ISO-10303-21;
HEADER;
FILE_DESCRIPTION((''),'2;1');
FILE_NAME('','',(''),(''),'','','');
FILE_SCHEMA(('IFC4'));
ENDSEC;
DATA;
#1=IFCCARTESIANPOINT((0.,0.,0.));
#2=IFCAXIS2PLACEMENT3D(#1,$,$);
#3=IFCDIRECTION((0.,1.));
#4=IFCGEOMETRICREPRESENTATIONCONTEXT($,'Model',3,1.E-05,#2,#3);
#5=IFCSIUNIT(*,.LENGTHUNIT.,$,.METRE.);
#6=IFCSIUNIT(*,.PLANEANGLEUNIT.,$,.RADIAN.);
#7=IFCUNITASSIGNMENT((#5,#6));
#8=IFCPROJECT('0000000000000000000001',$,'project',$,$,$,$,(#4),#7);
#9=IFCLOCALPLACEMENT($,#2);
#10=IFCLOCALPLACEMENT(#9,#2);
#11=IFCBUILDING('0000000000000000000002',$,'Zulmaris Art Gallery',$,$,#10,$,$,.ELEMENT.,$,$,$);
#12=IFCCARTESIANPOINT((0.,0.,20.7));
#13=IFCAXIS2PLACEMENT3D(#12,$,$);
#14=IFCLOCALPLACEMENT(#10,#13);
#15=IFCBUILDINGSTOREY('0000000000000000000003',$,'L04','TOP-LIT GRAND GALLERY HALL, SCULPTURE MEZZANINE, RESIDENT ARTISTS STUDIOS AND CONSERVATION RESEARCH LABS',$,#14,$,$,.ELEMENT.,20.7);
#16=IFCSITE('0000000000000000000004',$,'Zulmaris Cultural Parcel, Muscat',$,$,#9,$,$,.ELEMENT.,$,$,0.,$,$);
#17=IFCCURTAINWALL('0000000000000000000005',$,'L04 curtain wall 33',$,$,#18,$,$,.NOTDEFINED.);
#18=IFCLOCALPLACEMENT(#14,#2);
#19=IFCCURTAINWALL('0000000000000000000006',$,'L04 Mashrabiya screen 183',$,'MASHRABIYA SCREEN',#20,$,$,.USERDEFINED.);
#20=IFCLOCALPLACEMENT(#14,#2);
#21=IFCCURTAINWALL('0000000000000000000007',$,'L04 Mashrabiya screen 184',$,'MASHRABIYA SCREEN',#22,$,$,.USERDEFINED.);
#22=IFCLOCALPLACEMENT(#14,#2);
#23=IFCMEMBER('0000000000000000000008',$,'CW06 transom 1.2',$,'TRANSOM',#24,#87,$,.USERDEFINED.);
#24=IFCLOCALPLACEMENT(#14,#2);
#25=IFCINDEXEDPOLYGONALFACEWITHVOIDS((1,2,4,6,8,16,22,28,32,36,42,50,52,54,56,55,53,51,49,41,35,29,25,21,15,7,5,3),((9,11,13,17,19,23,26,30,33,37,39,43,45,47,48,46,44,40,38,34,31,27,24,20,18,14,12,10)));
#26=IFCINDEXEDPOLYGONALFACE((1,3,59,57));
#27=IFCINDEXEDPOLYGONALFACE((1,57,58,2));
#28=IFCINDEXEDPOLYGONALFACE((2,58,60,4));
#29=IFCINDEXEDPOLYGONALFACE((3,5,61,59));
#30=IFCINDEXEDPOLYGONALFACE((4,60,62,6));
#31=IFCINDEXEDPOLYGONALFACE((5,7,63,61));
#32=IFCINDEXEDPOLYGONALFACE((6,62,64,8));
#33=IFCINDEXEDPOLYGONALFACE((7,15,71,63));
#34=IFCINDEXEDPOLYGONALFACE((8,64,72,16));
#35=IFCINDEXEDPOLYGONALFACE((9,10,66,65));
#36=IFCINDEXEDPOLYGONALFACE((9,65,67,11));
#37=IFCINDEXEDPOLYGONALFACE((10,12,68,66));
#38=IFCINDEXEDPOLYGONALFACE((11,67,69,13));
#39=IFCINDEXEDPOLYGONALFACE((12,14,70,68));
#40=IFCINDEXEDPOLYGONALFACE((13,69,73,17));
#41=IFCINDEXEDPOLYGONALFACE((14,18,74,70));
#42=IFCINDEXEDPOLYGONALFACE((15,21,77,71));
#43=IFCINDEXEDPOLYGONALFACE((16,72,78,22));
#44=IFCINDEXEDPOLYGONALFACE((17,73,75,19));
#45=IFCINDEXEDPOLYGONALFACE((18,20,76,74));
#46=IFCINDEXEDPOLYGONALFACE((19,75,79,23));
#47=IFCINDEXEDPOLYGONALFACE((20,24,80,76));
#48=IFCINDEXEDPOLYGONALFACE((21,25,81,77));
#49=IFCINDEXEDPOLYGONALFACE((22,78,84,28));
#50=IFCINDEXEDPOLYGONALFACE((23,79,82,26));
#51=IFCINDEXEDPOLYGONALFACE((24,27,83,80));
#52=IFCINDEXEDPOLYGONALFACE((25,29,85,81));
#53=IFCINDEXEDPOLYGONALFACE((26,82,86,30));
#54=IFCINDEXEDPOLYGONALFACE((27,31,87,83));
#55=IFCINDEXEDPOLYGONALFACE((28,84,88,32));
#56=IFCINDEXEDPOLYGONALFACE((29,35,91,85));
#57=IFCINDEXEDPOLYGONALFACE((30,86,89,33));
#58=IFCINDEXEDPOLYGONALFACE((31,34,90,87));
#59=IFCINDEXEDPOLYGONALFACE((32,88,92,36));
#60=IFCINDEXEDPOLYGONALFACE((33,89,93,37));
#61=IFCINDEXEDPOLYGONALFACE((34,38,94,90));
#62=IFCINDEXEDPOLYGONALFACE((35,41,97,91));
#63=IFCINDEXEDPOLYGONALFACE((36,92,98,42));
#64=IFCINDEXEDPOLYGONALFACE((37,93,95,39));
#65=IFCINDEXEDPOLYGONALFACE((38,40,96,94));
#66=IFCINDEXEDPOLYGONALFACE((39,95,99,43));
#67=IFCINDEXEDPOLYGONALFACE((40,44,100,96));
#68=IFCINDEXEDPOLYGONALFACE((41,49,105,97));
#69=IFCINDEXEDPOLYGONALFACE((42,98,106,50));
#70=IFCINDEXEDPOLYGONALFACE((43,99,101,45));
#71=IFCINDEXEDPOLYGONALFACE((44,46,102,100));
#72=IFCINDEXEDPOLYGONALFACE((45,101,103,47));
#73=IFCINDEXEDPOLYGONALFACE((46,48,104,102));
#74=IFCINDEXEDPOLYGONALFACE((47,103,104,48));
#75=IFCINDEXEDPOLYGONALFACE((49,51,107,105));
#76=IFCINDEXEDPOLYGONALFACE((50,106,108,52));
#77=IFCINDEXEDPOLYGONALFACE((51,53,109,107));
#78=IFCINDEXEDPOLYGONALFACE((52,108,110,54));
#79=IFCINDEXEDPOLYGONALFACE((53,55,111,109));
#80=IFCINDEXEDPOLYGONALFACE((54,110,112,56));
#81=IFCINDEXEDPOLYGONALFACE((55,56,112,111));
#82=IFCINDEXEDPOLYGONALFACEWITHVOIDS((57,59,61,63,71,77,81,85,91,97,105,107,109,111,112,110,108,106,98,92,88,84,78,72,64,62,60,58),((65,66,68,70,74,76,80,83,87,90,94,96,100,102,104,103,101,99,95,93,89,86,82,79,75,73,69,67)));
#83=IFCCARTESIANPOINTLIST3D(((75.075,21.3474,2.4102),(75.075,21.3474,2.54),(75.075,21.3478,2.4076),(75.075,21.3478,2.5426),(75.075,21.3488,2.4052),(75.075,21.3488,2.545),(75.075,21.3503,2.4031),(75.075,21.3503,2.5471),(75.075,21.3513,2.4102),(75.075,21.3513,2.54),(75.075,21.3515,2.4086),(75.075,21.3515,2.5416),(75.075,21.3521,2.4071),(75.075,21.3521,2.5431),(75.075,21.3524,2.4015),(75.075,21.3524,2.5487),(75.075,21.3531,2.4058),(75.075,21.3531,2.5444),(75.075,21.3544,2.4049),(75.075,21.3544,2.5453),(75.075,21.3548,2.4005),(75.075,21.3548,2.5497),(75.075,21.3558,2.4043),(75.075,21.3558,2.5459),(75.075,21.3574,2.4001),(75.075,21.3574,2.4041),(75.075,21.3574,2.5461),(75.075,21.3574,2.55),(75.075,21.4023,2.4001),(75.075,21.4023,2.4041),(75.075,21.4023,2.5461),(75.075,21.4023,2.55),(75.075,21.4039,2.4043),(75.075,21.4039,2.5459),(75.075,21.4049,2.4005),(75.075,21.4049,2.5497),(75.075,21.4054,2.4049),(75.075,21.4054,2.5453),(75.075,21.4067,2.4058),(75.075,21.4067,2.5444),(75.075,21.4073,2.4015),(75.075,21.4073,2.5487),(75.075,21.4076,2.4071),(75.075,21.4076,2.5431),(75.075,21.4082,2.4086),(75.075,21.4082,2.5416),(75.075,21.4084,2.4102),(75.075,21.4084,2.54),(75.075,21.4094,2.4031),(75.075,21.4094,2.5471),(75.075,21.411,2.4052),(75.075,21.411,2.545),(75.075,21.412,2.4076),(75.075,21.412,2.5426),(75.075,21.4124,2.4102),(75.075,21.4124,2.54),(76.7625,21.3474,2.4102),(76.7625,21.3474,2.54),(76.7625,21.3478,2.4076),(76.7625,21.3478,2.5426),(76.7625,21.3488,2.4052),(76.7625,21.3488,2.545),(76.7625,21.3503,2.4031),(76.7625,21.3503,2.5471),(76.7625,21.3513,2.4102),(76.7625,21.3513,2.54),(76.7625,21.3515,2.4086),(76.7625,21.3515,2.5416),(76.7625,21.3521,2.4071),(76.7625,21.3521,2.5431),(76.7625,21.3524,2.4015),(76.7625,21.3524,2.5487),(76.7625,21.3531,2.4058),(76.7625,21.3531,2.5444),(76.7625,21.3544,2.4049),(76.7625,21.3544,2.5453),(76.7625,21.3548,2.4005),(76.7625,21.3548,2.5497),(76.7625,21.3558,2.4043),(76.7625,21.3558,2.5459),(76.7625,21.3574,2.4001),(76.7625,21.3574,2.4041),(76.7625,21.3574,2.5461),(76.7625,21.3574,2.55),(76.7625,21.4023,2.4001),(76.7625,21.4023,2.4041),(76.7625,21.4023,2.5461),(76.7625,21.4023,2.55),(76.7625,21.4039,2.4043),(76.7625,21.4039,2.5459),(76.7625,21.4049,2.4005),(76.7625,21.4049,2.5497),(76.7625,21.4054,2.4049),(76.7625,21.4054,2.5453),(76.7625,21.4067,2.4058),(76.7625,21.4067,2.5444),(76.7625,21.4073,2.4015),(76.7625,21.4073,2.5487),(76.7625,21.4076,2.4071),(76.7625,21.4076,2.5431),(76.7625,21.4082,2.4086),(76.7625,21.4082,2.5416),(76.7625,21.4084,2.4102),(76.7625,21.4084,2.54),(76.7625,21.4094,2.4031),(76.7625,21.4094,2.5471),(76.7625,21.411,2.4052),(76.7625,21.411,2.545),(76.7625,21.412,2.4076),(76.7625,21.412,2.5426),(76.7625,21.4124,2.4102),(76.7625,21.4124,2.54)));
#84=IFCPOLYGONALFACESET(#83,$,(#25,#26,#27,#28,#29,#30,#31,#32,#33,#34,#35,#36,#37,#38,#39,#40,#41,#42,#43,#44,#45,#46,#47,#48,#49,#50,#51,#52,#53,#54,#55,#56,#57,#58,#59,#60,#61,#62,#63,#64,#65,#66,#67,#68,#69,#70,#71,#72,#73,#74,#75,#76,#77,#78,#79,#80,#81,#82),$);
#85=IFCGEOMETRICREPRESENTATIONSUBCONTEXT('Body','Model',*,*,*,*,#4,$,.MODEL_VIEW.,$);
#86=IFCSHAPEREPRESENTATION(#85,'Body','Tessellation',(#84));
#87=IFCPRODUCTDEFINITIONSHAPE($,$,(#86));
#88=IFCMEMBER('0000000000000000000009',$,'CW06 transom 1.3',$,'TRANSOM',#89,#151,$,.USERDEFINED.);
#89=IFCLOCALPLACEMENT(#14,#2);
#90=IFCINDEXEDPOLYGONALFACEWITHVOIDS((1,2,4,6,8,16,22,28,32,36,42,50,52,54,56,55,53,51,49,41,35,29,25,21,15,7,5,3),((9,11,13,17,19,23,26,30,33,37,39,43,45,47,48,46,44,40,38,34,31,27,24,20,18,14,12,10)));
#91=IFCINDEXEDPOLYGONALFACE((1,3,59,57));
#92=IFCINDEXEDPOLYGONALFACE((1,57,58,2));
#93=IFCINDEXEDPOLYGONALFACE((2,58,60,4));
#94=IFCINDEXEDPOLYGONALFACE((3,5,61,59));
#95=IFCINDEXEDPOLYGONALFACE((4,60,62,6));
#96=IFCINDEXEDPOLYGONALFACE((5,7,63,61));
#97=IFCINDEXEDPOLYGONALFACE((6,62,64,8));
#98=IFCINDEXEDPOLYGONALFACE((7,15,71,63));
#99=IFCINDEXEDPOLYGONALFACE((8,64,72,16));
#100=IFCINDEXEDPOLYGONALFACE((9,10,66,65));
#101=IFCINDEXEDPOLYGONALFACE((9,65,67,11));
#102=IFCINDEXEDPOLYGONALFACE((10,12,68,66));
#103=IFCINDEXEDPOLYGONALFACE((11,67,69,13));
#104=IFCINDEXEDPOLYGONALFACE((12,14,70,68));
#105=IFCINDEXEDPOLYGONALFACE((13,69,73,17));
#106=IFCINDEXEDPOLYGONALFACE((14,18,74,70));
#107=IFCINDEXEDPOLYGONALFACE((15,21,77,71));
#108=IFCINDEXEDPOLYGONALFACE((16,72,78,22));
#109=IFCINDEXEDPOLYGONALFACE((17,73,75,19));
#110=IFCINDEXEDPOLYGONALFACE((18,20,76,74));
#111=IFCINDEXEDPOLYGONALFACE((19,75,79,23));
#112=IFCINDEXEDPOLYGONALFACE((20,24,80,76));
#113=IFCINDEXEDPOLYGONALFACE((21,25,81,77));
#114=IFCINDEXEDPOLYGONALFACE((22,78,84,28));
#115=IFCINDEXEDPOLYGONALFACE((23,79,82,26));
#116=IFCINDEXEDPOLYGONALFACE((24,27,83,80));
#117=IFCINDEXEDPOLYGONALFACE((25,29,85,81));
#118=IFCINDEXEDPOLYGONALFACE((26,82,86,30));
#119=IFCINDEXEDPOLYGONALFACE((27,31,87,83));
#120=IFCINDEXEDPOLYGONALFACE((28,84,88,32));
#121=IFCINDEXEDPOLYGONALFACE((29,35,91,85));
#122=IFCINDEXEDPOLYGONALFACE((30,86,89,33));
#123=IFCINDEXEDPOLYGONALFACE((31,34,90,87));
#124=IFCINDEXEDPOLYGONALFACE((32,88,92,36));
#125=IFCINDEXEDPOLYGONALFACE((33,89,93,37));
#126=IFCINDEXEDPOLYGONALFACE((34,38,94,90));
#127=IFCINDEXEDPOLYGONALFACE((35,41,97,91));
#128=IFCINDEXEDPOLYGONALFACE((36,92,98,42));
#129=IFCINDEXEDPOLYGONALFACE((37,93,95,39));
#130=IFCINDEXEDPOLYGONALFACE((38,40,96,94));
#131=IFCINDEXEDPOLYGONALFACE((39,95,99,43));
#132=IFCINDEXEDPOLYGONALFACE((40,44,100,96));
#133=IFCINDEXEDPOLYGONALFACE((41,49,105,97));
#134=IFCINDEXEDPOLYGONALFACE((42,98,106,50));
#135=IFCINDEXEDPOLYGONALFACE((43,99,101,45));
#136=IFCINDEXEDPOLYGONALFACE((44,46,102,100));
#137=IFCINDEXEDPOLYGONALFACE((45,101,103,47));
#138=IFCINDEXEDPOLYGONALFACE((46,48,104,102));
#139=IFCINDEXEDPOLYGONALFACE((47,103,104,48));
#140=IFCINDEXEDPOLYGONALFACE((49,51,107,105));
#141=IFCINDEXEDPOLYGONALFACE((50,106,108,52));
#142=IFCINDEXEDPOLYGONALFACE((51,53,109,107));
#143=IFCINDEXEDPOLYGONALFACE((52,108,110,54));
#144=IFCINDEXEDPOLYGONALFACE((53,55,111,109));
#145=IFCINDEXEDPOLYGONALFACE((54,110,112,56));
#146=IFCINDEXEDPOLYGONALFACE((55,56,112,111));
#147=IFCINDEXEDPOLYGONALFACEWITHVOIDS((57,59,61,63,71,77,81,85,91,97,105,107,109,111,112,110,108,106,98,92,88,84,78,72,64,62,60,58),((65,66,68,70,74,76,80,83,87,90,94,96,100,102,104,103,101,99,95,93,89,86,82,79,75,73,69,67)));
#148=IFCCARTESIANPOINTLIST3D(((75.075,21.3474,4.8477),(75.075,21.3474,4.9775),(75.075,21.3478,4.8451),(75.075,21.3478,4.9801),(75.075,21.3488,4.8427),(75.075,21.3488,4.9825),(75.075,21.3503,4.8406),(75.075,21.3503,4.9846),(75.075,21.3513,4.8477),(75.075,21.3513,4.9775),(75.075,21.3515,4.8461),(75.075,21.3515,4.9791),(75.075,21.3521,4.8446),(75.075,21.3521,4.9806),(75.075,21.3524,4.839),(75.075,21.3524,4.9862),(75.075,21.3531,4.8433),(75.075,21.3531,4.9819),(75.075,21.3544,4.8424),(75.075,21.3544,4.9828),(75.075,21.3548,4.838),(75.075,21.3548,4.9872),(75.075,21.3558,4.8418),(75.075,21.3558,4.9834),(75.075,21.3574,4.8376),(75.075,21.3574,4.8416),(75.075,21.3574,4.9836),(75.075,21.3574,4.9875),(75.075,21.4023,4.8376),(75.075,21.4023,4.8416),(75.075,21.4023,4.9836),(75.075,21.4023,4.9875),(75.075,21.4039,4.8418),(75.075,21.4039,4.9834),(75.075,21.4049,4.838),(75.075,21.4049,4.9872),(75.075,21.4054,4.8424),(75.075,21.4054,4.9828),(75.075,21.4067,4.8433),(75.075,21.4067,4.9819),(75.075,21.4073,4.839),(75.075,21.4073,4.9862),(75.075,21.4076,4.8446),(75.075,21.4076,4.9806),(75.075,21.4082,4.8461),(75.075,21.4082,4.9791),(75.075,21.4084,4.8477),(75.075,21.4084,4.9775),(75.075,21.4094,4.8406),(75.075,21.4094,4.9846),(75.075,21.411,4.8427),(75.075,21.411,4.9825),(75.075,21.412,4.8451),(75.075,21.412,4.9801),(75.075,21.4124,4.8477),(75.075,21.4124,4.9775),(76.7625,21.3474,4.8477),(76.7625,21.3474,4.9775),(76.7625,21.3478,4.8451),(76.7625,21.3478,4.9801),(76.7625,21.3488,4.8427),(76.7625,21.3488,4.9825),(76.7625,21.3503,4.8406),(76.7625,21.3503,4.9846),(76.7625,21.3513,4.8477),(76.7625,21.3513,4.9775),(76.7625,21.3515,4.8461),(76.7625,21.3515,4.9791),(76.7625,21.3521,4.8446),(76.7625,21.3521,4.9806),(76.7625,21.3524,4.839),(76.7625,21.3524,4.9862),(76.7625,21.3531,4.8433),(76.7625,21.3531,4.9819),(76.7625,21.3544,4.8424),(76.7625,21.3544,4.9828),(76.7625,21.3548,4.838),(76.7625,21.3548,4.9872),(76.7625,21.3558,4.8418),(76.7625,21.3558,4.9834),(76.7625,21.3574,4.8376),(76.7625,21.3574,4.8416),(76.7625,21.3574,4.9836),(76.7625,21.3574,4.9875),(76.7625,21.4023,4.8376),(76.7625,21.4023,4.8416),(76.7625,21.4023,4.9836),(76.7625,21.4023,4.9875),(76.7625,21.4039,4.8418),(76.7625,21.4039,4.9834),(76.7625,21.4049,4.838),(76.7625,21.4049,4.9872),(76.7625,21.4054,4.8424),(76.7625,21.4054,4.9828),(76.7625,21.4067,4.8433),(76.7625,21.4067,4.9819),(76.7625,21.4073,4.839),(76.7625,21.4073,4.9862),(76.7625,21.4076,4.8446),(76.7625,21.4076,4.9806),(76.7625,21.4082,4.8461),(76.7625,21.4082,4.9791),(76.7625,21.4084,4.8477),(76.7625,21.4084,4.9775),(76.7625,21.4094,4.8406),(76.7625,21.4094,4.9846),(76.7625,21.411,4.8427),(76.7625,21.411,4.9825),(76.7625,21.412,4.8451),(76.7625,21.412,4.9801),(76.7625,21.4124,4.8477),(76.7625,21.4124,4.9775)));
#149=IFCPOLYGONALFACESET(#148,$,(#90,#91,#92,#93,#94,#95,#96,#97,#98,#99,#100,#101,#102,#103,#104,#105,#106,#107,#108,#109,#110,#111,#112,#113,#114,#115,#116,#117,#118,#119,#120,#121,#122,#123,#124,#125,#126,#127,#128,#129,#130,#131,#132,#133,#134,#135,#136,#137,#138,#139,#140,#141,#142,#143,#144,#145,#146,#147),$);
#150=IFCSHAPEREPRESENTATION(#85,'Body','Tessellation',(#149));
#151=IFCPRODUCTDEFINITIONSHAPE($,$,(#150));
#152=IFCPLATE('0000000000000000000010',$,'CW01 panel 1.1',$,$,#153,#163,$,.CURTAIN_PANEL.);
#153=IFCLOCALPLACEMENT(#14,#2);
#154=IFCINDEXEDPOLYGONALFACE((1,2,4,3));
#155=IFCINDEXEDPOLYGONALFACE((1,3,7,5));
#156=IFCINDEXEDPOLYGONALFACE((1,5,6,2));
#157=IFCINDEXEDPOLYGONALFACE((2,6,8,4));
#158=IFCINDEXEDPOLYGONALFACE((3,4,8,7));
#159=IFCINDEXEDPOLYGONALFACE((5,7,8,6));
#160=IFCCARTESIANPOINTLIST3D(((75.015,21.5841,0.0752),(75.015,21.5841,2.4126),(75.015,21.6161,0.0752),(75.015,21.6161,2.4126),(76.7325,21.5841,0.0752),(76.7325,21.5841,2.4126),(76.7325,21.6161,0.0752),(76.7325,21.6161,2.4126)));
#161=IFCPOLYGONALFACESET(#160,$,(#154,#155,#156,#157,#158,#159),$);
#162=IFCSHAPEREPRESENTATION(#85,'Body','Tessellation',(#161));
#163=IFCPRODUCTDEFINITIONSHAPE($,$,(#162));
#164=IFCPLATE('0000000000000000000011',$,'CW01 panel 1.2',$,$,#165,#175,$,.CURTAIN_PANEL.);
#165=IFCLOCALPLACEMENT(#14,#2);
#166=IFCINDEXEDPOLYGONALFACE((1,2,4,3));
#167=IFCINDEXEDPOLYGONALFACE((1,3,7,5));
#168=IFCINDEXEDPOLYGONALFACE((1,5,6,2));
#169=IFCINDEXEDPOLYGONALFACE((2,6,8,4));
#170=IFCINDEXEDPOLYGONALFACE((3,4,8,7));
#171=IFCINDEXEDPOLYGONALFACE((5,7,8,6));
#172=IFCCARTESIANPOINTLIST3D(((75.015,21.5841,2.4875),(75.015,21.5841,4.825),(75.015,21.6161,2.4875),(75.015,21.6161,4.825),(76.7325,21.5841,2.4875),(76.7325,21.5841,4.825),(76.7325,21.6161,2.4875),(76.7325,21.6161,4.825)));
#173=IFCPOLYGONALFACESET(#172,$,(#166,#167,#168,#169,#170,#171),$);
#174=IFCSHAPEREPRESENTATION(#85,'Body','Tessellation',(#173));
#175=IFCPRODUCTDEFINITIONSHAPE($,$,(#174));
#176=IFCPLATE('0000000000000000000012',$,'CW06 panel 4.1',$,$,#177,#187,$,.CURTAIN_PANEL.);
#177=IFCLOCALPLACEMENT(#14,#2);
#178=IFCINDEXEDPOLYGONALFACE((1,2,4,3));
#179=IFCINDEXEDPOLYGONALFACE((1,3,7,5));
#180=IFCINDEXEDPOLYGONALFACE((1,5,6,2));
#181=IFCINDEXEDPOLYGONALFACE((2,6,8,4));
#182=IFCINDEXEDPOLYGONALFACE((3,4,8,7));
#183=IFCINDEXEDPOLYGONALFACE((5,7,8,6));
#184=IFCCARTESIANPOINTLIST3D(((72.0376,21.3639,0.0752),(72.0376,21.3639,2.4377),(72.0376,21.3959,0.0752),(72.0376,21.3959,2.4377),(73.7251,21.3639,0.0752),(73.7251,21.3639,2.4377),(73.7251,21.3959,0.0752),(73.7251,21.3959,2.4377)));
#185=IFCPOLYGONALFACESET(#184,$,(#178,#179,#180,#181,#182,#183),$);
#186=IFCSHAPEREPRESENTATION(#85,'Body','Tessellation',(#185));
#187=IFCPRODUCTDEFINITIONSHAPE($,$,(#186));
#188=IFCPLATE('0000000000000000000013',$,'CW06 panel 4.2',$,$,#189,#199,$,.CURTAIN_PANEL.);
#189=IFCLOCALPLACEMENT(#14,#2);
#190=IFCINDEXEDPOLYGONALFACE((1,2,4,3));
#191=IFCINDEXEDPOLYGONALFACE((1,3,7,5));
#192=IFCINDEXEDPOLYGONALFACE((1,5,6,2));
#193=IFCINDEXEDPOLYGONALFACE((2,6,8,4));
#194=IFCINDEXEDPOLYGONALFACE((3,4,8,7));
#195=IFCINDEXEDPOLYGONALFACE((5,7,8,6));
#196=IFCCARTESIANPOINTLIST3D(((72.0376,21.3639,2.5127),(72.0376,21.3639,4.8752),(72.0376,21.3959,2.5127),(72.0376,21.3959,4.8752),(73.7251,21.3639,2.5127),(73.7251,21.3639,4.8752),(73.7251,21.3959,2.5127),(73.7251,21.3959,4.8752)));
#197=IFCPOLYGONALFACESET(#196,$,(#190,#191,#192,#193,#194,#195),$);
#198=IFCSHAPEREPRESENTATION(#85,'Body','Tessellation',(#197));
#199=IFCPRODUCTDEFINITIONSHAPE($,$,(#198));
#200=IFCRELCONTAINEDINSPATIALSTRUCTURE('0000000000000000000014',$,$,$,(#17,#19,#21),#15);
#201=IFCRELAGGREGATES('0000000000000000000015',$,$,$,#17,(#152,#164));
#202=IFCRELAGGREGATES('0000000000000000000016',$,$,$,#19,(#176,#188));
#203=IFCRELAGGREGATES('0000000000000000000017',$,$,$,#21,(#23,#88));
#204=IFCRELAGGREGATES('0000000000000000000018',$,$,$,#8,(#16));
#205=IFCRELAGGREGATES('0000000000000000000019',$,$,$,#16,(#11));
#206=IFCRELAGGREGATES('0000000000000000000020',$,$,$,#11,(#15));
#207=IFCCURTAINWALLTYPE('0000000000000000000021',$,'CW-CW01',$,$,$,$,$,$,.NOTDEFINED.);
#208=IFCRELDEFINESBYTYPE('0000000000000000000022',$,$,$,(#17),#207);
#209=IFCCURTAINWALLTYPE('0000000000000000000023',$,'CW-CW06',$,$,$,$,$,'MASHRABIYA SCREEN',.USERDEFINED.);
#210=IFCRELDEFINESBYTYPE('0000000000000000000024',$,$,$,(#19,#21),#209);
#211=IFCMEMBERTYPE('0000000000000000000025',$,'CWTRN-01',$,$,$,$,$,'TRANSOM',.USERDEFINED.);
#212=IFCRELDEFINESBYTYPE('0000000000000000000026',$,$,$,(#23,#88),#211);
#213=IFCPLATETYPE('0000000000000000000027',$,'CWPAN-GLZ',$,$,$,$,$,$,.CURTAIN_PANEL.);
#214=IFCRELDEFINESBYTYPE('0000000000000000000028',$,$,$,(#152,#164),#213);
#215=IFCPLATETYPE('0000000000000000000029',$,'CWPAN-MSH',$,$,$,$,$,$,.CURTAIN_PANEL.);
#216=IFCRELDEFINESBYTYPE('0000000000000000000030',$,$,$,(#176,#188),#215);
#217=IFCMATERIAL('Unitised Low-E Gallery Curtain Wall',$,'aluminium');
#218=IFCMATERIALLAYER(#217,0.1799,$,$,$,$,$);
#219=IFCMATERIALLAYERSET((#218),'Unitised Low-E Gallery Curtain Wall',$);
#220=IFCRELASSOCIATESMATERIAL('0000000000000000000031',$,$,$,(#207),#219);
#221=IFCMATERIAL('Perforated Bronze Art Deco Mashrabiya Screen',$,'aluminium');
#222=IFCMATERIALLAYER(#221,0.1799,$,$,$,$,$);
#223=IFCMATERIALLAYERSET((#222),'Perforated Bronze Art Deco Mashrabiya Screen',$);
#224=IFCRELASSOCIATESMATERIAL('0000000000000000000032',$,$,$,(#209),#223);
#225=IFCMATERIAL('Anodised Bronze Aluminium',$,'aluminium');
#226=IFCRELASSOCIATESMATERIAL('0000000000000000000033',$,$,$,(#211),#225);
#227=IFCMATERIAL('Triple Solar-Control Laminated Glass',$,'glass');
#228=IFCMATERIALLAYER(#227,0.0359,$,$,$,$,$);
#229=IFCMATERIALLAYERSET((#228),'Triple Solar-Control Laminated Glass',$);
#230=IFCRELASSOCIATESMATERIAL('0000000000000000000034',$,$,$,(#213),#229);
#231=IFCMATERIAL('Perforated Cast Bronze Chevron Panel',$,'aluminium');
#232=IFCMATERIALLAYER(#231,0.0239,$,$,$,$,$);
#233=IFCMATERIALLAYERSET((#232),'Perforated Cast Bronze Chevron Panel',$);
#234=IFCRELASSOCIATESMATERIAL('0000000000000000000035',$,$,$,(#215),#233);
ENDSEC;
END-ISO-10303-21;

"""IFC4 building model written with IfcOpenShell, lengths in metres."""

from ifc_helpers import new_model, si_unit, direction, frame, origin, origin_2d, place, context, subcontext, project, spatial, rectangle, hollow_rectangle, extrude, material, layer, layer_set, material_profile, profile_set, type_object, element, aggregate, save


model = new_model("IFC4")

# Units and contexts
model_context = context("Model", 3, precision=1e-05, world=origin(), true_north=direction((0.0, 1.0)))
body_context = subcontext(model_context, "Body", "Model", "MODEL_VIEW")
ifc_project = project(units=[si_unit("LENGTHUNIT", "METRE"), si_unit("PLANEANGLEUNIT", "RADIAN")], contexts=[model_context])

# Site, building, storey
site_placement = place(None, origin())
site = spatial("IfcSite", under=ifc_project, at=site_placement, Name="Zulmaris Cultural Parcel, Muscat", CompositionType="ELEMENT", RefElevation=0.0)
building_placement = place(site_placement, origin())
building = spatial("IfcBuilding", under=site, at=building_placement, Name="Zulmaris Art Gallery", CompositionType="ELEMENT")
storey_placement = place(building_placement, frame((0.0, 0.0, 20.7)))
storey = spatial("IfcBuildingStorey", under=building, at=storey_placement, Name="L04", Description="TOP-LIT GRAND GALLERY HALL, SCULPTURE MEZZANINE, RESIDENT ARTISTS STUDIOS AND CONSERVATION RESEARCH LABS", CompositionType="ELEMENT", Elevation=20.7)

# Curtain wall
ifc_material_1 = material(Name="Unitised Low-E Gallery Curtain Wall", Category="aluminium")
ifc_layer_1 = layer(ifc_material_1, 0.1799)
ifc_layer_set_1 = layer_set([ifc_layer_1], Name="Unitised Low-E Gallery Curtain Wall")
curtain_wall_type_1 = type_object("IfcCurtainWallType", Name="CW-CW01", PredefinedType="NOTDEFINED", material=ifc_layer_set_1)
curtain_wall_1_placement = place(storey_placement, origin())
curtain_wall_1 = element("IfcCurtainWall", 1, at=curtain_wall_1_placement, inside=storey, type_object=curtain_wall_type_1, Name="L04 curtain wall 33", PredefinedType="NOTDEFINED")
ifc_material_2 = material(Name="Anodised Bronze Aluminium", Category="aluminium")

# Curtain wall
ifc_material_3 = material(Name="Perforated Bronze Art Deco Mashrabiya Screen", Category="aluminium")
ifc_layer_2 = layer(ifc_material_3, 0.1799)
ifc_layer_set_2 = layer_set([ifc_layer_2], Name="Perforated Bronze Art Deco Mashrabiya Screen")
curtain_wall_type_2 = type_object("IfcCurtainWallType", Name="CW-CW06", ElementType="MASHRABIYA SCREEN", PredefinedType="USERDEFINED", material=ifc_layer_set_2)
curtain_wall_2_placement = place(storey_placement, origin())
curtain_wall_2 = element("IfcCurtainWall", 2, at=curtain_wall_2_placement, inside=storey, type_object=curtain_wall_type_2, Name="L04 Mashrabiya screen 183", ObjectType="MASHRABIYA SCREEN", PredefinedType="USERDEFINED")

# Curtain wall
curtain_wall_3_placement = place(storey_placement, origin())
curtain_wall_3 = element("IfcCurtainWall", 3, at=curtain_wall_3_placement, inside=storey, type_object=curtain_wall_type_2, Name="L04 Mashrabiya screen 184", ObjectType="MASHRABIYA SCREEN", PredefinedType="USERDEFINED")

# Members
ifc_material_profile_1 = material_profile(ifc_material_2, hollow_rectangle(XDim=0.0649, YDim=0.1499, WallThickness=0.0039, InnerFilletRadius=0.0061, OuterFilletRadius=0.01, at=origin_2d()), Name="ALU 65x150x4")
ifc_profile_set_1 = profile_set([ifc_material_profile_1], Name="Anodised Bronze Aluminium")
member_type_1 = type_object("IfcMemberType", Name="CWTRN-01", ElementType="TRANSOM", PredefinedType="USERDEFINED", material=ifc_profile_set_1)
member_1_placement = place(storey_placement, frame((75.075, 21.3799, 2.4751), z_axis=(1.0, 0.0, 0.0), x_axis=(0.0, 1.0, 0.0)))
member_1 = element("IfcMember", 4, at=member_1_placement, type_object=member_type_1, Name="CW06 transom 1.2", ObjectType="TRANSOM", PredefinedType="USERDEFINED", context=body_context, shape_type="SweptSolid", body=[
    extrude(hollow_rectangle(XDim=0.0649, YDim=0.1499, WallThickness=0.0039, InnerFilletRadius=0.0061, OuterFilletRadius=0.01, at=origin_2d()), origin(), (0.0, 0.0, 1.0), 1.6875),
])
member_2_placement = place(storey_placement, frame((75.075, 21.3799, 4.9126), z_axis=(1.0, 0.0, 0.0), x_axis=(0.0, 1.0, 0.0)))
member_2 = element("IfcMember", 5, at=member_2_placement, type_object=member_type_1, Name="CW06 transom 1.3", ObjectType="TRANSOM", PredefinedType="USERDEFINED", context=body_context, shape_type="SweptSolid", body=[
    extrude(hollow_rectangle(XDim=0.0649, YDim=0.1499, WallThickness=0.0039, InnerFilletRadius=0.0061, OuterFilletRadius=0.01, at=origin_2d()), origin(), (0.0, 0.0, 1.0), 1.6875),
])

# Plates
ifc_material_4 = material(Name="Triple Solar-Control Laminated Glass", Category="glass")
ifc_layer_3 = layer(ifc_material_4, 0.0359)
ifc_layer_set_3 = layer_set([ifc_layer_3], Name="Triple Solar-Control Laminated Glass")
plate_type_1 = type_object("IfcPlateType", Name="CWPAN-GLZ", PredefinedType="CURTAIN_PANEL", material=ifc_layer_set_3)
plate_1_placement = place(storey_placement, frame((75.8738, 21.6001, 0.0752), z_axis=(0.0, 0.0, 1.0), x_axis=(1.0, 0.0, 0.0)))
plate_1 = element("IfcPlate", 6, at=plate_1_placement, type_object=plate_type_1, Name="CW01 panel 1.1", PredefinedType="CURTAIN_PANEL", context=body_context, shape_type="SweptSolid", body=[
    extrude(rectangle(XDim=1.7175, YDim=0.032, at=origin_2d()), origin(), (0.0, 0.0, 1.0), 2.3374),
])
plate_2_placement = place(storey_placement, frame((75.8738, 21.6001, 2.4875), z_axis=(0.0, 0.0, 1.0), x_axis=(1.0, 0.0, 0.0)))
plate_2 = element("IfcPlate", 7, at=plate_2_placement, type_object=plate_type_1, Name="CW01 panel 1.2", PredefinedType="CURTAIN_PANEL", context=body_context, shape_type="SweptSolid", body=[
    extrude(rectangle(XDim=1.7175, YDim=0.032, at=origin_2d()), origin(), (0.0, 0.0, 1.0), 2.3374),
])
aggregate(curtain_wall_1, [plate_1, plate_2])
ifc_material_5 = material(Name="Perforated Cast Bronze Chevron Panel", Category="aluminium")
ifc_layer_4 = layer(ifc_material_5, 0.0239)
ifc_layer_set_4 = layer_set([ifc_layer_4], Name="Perforated Cast Bronze Chevron Panel")
plate_type_2 = type_object("IfcPlateType", Name="CWPAN-MSH", PredefinedType="CURTAIN_PANEL", material=ifc_layer_set_4)
plate_3_placement = place(storey_placement, frame((72.8813, 21.3799, 0.0752), z_axis=(0.0, 0.0, 1.0), x_axis=(1.0, 0.0, 0.0)))
plate_3 = element("IfcPlate", 8, at=plate_3_placement, type_object=plate_type_2, Name="CW06 panel 4.1", PredefinedType="CURTAIN_PANEL", context=body_context, shape_type="SweptSolid", body=[
    extrude(rectangle(XDim=1.6875, YDim=0.032, at=origin_2d()), origin(), (0.0, 0.0, 1.0), 2.3625),
])
plate_4_placement = place(storey_placement, frame((72.8813, 21.3799, 2.5127), z_axis=(0.0, 0.0, 1.0), x_axis=(1.0, 0.0, 0.0)))
plate_4 = element("IfcPlate", 9, at=plate_4_placement, type_object=plate_type_2, Name="CW06 panel 4.2", PredefinedType="CURTAIN_PANEL", context=body_context, shape_type="SweptSolid", body=[
    extrude(rectangle(XDim=1.6875, YDim=0.032, at=origin_2d()), origin(), (0.0, 0.0, 1.0), 2.3625),
])
aggregate(curtain_wall_2, [plate_3, plate_4])
aggregate(curtain_wall_3, [member_1, member_2])

save(model, "model.ifc")
